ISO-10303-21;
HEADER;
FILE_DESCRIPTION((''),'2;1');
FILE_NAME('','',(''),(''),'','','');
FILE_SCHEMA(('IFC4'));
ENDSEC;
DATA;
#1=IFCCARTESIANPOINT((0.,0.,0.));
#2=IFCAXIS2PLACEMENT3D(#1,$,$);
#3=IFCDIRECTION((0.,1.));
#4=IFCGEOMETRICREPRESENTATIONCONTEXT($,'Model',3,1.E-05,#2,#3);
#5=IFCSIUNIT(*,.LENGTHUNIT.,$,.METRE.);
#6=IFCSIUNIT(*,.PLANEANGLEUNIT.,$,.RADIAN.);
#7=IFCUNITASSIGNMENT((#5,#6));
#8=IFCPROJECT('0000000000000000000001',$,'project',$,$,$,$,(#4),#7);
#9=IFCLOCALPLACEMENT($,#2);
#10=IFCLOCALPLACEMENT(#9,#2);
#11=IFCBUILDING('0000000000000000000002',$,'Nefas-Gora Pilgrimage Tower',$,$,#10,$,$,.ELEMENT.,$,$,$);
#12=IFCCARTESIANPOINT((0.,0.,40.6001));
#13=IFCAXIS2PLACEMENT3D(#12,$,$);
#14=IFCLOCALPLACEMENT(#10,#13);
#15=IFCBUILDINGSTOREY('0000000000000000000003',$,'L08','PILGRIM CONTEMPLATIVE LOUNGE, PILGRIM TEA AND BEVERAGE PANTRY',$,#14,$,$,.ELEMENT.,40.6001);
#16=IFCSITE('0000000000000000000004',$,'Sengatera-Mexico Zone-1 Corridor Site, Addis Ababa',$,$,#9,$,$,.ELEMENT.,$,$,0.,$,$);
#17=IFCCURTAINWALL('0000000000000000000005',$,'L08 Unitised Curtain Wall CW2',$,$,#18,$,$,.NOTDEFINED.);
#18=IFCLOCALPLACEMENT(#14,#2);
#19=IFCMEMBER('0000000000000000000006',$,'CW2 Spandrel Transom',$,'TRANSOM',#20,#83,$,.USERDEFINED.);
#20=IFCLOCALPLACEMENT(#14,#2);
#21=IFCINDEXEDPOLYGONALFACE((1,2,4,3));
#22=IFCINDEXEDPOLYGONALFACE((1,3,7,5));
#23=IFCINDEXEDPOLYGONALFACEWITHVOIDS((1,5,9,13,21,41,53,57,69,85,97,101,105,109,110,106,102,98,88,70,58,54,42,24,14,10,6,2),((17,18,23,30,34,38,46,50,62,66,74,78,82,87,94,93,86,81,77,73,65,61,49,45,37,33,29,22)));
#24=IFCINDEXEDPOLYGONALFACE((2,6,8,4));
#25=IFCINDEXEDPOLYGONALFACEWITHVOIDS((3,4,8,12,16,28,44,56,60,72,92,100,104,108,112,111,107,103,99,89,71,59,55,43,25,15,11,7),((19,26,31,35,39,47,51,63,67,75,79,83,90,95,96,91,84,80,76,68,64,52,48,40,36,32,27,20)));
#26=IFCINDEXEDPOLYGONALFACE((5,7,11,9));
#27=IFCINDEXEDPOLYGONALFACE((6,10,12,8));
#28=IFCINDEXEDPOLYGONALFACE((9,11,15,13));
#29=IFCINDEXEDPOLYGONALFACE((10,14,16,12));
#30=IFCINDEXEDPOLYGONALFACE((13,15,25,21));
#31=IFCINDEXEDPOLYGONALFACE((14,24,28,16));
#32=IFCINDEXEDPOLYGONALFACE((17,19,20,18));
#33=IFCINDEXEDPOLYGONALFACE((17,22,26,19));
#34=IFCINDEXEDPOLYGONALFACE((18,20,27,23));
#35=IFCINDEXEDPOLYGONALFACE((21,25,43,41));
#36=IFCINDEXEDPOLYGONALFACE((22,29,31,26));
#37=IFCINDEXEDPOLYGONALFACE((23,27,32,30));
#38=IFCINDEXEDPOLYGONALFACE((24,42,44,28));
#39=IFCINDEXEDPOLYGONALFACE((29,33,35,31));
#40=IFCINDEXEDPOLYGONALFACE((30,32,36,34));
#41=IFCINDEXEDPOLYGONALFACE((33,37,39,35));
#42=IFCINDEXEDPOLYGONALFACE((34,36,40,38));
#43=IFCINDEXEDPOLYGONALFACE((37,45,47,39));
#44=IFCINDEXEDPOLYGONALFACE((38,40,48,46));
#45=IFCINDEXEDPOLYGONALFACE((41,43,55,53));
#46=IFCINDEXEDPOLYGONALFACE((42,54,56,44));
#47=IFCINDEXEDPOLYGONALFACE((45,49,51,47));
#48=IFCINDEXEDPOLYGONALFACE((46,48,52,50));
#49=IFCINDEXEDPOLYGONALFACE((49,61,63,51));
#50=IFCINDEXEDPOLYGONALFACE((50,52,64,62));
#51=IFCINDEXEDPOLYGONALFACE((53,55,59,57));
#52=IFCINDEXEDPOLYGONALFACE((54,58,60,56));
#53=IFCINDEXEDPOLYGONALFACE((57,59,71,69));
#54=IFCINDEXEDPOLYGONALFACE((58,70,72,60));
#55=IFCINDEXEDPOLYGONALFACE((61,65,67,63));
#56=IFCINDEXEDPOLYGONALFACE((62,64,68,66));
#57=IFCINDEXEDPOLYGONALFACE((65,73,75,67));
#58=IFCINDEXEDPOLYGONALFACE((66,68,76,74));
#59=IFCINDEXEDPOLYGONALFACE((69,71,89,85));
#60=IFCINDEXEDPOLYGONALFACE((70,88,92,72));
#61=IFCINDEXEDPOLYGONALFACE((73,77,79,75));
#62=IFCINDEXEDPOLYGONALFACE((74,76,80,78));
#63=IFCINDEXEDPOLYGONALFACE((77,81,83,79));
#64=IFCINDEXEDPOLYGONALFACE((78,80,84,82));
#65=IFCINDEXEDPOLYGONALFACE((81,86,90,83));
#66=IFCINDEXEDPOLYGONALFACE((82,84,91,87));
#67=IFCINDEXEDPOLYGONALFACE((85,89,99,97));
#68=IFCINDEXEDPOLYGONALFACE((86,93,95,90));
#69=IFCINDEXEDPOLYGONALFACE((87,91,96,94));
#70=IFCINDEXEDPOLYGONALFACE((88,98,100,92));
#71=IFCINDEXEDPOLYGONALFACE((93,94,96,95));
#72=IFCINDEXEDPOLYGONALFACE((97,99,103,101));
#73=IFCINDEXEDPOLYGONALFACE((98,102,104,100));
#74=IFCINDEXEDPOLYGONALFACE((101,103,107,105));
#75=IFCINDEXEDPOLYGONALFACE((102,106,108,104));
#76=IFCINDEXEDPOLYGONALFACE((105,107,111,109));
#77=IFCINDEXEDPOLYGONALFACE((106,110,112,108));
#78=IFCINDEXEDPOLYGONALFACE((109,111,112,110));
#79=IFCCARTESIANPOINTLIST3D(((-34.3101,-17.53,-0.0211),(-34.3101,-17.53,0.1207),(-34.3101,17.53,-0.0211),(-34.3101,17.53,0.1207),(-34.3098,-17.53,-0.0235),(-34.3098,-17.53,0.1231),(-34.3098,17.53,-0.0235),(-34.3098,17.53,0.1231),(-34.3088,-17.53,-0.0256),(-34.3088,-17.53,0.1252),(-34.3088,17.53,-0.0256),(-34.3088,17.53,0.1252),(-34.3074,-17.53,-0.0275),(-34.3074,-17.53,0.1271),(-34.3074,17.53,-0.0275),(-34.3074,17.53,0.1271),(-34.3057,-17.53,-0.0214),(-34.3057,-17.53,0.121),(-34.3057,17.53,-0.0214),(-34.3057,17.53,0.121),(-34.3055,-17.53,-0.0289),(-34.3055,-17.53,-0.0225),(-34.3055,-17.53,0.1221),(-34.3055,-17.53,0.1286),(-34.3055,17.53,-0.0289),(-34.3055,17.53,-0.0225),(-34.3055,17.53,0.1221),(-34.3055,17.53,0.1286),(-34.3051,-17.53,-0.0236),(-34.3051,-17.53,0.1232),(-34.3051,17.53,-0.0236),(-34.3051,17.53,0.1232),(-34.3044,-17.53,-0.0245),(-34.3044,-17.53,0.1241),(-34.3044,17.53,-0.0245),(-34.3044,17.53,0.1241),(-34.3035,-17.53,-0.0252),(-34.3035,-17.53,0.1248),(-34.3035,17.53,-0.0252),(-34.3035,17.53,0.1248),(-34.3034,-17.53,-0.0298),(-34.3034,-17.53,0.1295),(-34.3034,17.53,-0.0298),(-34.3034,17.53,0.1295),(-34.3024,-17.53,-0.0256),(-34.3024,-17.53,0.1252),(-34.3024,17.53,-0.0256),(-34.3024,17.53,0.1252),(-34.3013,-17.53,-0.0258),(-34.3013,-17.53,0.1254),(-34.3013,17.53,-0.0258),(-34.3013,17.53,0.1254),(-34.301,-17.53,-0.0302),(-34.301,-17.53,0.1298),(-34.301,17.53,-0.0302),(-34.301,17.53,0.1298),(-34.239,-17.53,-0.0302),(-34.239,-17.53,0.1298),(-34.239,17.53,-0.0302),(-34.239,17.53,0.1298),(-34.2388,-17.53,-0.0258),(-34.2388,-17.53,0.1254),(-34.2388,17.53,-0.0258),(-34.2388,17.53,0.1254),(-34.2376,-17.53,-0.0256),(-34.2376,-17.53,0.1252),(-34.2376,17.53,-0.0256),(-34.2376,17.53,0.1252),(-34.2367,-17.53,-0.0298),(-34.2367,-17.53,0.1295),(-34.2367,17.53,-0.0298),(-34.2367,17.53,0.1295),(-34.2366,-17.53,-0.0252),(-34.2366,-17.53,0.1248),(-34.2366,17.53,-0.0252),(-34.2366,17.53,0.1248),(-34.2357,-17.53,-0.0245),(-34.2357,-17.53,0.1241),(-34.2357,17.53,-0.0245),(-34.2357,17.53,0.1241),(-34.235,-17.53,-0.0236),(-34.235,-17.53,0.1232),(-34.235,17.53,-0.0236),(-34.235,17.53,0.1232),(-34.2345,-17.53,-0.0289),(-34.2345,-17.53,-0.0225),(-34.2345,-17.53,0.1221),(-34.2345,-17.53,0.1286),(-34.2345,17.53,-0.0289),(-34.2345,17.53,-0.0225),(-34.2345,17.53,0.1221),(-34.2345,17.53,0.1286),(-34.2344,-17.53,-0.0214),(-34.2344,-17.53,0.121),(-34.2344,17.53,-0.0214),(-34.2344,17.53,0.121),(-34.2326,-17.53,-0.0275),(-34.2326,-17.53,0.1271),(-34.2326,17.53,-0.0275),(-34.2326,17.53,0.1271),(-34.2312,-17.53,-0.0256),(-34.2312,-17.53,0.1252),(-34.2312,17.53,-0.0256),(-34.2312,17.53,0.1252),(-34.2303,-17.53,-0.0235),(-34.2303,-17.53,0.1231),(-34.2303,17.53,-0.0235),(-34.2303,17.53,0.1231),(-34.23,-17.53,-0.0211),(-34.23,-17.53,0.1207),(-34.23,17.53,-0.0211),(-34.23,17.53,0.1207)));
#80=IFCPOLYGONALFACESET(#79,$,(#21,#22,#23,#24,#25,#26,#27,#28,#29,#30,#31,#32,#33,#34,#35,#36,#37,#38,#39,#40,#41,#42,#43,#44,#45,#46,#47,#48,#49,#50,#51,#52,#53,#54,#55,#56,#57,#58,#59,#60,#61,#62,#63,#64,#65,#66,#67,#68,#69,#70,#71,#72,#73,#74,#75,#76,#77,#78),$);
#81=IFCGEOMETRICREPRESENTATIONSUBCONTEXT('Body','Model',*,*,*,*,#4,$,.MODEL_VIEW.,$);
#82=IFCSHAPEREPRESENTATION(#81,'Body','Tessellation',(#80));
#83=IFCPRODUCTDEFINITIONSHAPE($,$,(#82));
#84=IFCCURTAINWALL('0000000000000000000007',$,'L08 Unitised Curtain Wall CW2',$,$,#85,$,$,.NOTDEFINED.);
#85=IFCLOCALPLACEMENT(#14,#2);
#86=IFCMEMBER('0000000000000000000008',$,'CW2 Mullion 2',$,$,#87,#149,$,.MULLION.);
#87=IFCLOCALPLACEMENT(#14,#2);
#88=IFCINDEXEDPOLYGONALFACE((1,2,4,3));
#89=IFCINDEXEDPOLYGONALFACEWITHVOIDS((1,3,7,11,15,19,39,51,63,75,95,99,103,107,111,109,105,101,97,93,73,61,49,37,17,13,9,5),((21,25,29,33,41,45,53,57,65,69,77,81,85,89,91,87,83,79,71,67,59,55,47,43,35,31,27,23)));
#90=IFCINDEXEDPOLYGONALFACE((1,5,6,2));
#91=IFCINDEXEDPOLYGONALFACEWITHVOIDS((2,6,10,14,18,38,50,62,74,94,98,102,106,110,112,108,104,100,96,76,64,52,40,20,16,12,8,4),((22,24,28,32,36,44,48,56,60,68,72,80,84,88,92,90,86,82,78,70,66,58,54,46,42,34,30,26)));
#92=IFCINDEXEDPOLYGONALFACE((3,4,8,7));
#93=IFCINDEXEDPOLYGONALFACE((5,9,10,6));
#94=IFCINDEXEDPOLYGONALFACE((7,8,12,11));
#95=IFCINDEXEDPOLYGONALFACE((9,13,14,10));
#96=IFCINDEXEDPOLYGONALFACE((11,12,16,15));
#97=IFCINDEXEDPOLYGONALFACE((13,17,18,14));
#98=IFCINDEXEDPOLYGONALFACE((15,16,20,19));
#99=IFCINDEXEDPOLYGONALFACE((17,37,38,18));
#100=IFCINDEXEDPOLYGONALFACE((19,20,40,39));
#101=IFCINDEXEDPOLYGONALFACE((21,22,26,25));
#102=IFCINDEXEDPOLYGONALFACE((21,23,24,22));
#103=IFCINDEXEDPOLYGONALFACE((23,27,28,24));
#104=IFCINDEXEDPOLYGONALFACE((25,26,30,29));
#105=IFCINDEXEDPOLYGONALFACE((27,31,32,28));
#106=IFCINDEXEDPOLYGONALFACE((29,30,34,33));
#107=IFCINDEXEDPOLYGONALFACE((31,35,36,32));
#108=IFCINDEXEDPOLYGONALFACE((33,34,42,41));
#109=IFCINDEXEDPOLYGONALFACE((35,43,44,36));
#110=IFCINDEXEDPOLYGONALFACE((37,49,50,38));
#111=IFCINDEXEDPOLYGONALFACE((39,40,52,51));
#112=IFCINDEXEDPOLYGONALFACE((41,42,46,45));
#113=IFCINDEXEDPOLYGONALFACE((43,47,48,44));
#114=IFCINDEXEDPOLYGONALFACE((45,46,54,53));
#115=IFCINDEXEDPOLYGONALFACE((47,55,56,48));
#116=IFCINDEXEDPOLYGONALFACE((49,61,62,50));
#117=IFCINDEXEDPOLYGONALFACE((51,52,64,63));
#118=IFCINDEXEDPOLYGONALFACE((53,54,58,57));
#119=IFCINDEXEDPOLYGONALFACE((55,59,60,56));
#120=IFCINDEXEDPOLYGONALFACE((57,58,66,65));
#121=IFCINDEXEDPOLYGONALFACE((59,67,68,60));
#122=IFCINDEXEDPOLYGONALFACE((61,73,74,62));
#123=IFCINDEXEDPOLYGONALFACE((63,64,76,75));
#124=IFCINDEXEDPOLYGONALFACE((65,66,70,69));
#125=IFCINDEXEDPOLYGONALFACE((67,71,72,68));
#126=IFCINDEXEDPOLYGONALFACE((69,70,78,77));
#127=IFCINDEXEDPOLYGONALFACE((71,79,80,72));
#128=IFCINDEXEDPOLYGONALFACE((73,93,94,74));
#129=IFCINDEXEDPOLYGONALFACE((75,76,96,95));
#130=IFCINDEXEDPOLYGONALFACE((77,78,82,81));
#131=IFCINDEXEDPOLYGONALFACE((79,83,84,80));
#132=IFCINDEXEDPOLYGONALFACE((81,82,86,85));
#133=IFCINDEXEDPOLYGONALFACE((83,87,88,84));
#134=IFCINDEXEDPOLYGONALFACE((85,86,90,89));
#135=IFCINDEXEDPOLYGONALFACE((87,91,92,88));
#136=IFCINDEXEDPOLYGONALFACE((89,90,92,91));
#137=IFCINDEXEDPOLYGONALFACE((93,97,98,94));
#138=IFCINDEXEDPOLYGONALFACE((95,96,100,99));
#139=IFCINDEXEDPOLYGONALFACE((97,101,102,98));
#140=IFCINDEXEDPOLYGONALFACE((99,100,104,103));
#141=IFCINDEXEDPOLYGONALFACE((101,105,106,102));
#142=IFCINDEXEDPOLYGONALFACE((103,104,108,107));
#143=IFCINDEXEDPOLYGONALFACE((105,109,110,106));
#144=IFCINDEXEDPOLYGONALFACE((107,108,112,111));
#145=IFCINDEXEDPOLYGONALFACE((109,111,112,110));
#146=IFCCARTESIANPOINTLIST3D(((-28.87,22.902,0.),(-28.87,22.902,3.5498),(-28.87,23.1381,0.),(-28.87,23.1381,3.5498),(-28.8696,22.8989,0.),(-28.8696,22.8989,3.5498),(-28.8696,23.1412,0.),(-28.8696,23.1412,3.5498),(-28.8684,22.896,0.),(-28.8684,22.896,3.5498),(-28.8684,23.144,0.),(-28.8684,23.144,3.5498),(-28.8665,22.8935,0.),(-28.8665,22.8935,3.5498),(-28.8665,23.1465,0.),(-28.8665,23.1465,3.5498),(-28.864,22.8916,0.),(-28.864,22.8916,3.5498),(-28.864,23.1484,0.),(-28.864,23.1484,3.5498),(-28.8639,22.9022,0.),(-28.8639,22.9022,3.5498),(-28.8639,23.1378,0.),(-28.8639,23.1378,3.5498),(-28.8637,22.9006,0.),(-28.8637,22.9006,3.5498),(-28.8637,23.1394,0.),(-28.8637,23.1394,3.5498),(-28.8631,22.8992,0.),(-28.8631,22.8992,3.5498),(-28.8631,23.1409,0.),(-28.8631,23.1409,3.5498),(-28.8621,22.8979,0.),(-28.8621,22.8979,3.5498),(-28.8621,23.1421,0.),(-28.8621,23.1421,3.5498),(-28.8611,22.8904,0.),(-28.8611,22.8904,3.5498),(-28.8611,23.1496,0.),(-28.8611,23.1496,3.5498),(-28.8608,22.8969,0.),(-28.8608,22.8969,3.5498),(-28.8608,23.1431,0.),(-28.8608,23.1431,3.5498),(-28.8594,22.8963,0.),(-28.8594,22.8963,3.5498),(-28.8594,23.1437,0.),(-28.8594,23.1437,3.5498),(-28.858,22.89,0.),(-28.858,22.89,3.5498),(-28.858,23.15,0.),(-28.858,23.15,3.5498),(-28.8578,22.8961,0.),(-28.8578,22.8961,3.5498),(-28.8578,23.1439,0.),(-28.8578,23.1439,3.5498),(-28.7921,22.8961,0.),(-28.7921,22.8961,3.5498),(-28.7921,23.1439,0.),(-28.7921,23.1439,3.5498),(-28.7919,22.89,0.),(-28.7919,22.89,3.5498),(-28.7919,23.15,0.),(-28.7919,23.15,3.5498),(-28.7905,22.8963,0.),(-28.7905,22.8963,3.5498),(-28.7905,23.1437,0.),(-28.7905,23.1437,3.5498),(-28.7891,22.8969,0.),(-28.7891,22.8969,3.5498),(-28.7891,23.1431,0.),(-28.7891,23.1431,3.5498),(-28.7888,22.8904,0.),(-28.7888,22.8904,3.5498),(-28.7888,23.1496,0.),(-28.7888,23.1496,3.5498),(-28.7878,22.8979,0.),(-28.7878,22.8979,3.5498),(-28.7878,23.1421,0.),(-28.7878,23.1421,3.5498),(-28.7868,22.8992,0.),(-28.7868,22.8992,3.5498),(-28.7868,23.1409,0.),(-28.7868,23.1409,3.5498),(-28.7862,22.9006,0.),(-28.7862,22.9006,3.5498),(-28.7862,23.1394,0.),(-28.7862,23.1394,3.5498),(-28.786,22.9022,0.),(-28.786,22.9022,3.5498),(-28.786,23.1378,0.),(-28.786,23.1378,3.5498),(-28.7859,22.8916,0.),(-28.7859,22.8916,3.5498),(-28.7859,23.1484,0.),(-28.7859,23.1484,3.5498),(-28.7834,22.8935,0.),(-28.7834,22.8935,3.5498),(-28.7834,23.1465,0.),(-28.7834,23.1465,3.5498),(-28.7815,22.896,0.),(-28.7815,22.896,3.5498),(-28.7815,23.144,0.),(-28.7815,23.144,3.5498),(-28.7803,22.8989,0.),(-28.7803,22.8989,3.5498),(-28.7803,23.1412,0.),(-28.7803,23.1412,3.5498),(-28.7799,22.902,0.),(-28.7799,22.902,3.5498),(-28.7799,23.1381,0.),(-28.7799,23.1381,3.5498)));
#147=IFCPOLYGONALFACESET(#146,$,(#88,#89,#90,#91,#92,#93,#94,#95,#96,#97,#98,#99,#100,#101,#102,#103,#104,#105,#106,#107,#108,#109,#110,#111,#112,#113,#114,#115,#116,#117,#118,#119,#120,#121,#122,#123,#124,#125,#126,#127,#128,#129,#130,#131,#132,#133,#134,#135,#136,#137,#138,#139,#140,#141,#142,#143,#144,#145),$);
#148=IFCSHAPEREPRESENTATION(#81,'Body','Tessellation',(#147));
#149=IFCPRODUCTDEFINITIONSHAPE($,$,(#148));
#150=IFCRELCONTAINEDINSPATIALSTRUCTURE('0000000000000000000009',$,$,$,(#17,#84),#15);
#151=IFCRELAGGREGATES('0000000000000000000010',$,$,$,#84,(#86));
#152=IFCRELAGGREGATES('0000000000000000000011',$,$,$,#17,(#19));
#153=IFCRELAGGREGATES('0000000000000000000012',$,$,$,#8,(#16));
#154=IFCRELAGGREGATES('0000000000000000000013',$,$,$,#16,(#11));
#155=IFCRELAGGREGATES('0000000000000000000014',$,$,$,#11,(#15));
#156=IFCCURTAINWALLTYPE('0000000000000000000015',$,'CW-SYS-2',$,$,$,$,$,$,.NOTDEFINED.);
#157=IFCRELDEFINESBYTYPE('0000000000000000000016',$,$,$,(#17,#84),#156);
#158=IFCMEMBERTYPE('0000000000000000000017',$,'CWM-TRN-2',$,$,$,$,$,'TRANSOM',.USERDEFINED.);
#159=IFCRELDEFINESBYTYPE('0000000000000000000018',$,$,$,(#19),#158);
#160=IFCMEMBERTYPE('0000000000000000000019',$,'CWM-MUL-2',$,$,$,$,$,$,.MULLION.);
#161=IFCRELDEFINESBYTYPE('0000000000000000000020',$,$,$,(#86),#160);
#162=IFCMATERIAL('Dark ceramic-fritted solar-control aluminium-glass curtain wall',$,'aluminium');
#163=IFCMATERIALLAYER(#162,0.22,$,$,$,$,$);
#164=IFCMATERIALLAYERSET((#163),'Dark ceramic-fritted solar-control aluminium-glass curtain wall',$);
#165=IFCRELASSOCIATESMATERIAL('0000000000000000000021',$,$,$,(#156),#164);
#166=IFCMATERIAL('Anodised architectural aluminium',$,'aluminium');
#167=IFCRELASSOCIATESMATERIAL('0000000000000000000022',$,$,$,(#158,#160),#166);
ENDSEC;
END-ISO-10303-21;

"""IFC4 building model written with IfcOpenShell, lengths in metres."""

from ifc_helpers import new_model, si_unit, direction, frame, origin, origin_2d, place, context, subcontext, project, spatial, hollow_rectangle, extrude, source, transform, mapped, material, layer, layer_set, material_profile, profile_set, type_object, element, aggregate, save


model = new_model("IFC4")

# Units and contexts
model_context = context("Model", 3, precision=1e-05, world=origin(), true_north=direction((0.0, 1.0)))
body_context = subcontext(model_context, "Body", "Model", "MODEL_VIEW")
ifc_project = project(units=[si_unit("LENGTHUNIT", "METRE"), si_unit("PLANEANGLEUNIT", "RADIAN")], contexts=[model_context])

# Site, building, storey
site_placement = place(None, origin())
site = spatial("IfcSite", under=ifc_project, at=site_placement, Name="Sengatera-Mexico Zone-1 Corridor Site, Addis Ababa", CompositionType="ELEMENT", RefElevation=0.0)
building_placement = place(site_placement, origin())
building = spatial("IfcBuilding", under=site, at=building_placement, Name="Nefas-Gora Pilgrimage Tower", CompositionType="ELEMENT")
storey_placement = place(building_placement, frame((0.0, 0.0, 40.6001)))
storey = spatial("IfcBuildingStorey", under=building, at=storey_placement, Name="L08", Description="PILGRIM CONTEMPLATIVE LOUNGE, PILGRIM TEA AND BEVERAGE PANTRY", CompositionType="ELEMENT", Elevation=40.6001)

# Curtain walls, members
ifc_material_1 = material(Name="Dark ceramic-fritted solar-control aluminium-glass curtain wall", Category="aluminium")
ifc_layer_1 = layer(ifc_material_1, 0.22)
ifc_layer_set_1 = layer_set([ifc_layer_1], Name="Dark ceramic-fritted solar-control aluminium-glass curtain wall")
curtain_wall_type = type_object("IfcCurtainWallType", Name="CW-SYS-2", PredefinedType="NOTDEFINED", material=ifc_layer_set_1)
curtain_wall_1_placement = place(storey_placement, origin())
curtain_wall_1 = element("IfcCurtainWall", 1, at=curtain_wall_1_placement, inside=storey, type_object=curtain_wall_type, Name="L08 Unitised Curtain Wall CW2", PredefinedType="NOTDEFINED")
ifc_material_2 = material(Name="Anodised architectural aluminium", Category="aluminium")
ifc_material_profile_1 = material_profile(ifc_material_2, hollow_rectangle(XDim=0.0801, YDim=0.1599, WallThickness=0.0044, InnerFilletRadius=0.0044, OuterFilletRadius=0.009, at=origin_2d()), Name="ALU TRANSOM 80x160")
ifc_profile_set_1 = profile_set([ifc_material_profile_1], Name="Anodised architectural aluminium")
member_type_1 = type_object("IfcMemberType", Name="CWM-TRN-2", ElementType="TRANSOM", PredefinedType="USERDEFINED", material=ifc_profile_set_1)
shared_shape_1 = source(origin(), body_context, "Body", "SweptSolid", [
    extrude(hollow_rectangle(XDim=0.0801, YDim=0.1599, WallThickness=0.0044, InnerFilletRadius=0.0044, OuterFilletRadius=0.009, at=origin_2d()), origin(), (0.0, 0.0, 1.0), 35.0601),
])
member_1_placement = place(storey_placement, frame((-34.27, 17.53, 0.0498), z_axis=(0.0, -1.0, 0.0), x_axis=(1.0, 0.0, 0.0)))
member_1 = element("IfcMember", 2, at=member_1_placement, type_object=member_type_1, Name="CW2 Spandrel Transom", ObjectType="TRANSOM", PredefinedType="USERDEFINED", context=body_context, shape_type="MappedRepresentation", body=[
    mapped(shared_shape_1, transform((0.0, 0.0, 0.0), x_axis=(1.0, 0.0, 0.0), y_axis=(0.0, 1.0, 0.0), z_axis=(0.0, 0.0, 1.0), scale=1.0)),
])
curtain_wall_2_placement = place(storey_placement, origin())
curtain_wall_2 = element("IfcCurtainWall", 3, at=curtain_wall_2_placement, inside=storey, type_object=curtain_wall_type, Name="L08 Unitised Curtain Wall CW2", PredefinedType="NOTDEFINED")
ifc_material_profile_2 = material_profile(ifc_material_2, hollow_rectangle(XDim=0.0901, YDim=0.26, WallThickness=0.0061, InnerFilletRadius=0.0061, OuterFilletRadius=0.012, at=origin_2d()), Name="ALU MULLION 90x260")
ifc_profile_set_2 = profile_set([ifc_material_profile_2], Name="Anodised architectural aluminium")
member_type_2 = type_object("IfcMemberType", Name="CWM-MUL-2", PredefinedType="MULLION", material=ifc_profile_set_2)
shared_shape_2 = source(origin(), body_context, "Body", "SweptSolid", [
    extrude(hollow_rectangle(XDim=0.0901, YDim=0.26, WallThickness=0.0061, InnerFilletRadius=0.0061, OuterFilletRadius=0.012, at=origin_2d()), origin(), (0.0, 0.0, 1.0), 3.5498),
])
member_2_placement = place(storey_placement, frame((-28.825, 23.02, 0.0), z_axis=(0.0, 0.0, 1.0), x_axis=(-1.0, 0.0, 0.0)))
member_2 = element("IfcMember", 4, at=member_2_placement, type_object=member_type_2, Name="CW2 Mullion 2", PredefinedType="MULLION", context=body_context, shape_type="MappedRepresentation", body=[
    mapped(shared_shape_2, transform((0.0, 0.0, 0.0), x_axis=(1.0, 0.0, 0.0), y_axis=(0.0, 1.0, 0.0), z_axis=(0.0, 0.0, 1.0), scale=1.0)),
])
aggregate(curtain_wall_2, [member_2])

aggregate(curtain_wall_1, [member_1])

save(model, "model.ifc")
